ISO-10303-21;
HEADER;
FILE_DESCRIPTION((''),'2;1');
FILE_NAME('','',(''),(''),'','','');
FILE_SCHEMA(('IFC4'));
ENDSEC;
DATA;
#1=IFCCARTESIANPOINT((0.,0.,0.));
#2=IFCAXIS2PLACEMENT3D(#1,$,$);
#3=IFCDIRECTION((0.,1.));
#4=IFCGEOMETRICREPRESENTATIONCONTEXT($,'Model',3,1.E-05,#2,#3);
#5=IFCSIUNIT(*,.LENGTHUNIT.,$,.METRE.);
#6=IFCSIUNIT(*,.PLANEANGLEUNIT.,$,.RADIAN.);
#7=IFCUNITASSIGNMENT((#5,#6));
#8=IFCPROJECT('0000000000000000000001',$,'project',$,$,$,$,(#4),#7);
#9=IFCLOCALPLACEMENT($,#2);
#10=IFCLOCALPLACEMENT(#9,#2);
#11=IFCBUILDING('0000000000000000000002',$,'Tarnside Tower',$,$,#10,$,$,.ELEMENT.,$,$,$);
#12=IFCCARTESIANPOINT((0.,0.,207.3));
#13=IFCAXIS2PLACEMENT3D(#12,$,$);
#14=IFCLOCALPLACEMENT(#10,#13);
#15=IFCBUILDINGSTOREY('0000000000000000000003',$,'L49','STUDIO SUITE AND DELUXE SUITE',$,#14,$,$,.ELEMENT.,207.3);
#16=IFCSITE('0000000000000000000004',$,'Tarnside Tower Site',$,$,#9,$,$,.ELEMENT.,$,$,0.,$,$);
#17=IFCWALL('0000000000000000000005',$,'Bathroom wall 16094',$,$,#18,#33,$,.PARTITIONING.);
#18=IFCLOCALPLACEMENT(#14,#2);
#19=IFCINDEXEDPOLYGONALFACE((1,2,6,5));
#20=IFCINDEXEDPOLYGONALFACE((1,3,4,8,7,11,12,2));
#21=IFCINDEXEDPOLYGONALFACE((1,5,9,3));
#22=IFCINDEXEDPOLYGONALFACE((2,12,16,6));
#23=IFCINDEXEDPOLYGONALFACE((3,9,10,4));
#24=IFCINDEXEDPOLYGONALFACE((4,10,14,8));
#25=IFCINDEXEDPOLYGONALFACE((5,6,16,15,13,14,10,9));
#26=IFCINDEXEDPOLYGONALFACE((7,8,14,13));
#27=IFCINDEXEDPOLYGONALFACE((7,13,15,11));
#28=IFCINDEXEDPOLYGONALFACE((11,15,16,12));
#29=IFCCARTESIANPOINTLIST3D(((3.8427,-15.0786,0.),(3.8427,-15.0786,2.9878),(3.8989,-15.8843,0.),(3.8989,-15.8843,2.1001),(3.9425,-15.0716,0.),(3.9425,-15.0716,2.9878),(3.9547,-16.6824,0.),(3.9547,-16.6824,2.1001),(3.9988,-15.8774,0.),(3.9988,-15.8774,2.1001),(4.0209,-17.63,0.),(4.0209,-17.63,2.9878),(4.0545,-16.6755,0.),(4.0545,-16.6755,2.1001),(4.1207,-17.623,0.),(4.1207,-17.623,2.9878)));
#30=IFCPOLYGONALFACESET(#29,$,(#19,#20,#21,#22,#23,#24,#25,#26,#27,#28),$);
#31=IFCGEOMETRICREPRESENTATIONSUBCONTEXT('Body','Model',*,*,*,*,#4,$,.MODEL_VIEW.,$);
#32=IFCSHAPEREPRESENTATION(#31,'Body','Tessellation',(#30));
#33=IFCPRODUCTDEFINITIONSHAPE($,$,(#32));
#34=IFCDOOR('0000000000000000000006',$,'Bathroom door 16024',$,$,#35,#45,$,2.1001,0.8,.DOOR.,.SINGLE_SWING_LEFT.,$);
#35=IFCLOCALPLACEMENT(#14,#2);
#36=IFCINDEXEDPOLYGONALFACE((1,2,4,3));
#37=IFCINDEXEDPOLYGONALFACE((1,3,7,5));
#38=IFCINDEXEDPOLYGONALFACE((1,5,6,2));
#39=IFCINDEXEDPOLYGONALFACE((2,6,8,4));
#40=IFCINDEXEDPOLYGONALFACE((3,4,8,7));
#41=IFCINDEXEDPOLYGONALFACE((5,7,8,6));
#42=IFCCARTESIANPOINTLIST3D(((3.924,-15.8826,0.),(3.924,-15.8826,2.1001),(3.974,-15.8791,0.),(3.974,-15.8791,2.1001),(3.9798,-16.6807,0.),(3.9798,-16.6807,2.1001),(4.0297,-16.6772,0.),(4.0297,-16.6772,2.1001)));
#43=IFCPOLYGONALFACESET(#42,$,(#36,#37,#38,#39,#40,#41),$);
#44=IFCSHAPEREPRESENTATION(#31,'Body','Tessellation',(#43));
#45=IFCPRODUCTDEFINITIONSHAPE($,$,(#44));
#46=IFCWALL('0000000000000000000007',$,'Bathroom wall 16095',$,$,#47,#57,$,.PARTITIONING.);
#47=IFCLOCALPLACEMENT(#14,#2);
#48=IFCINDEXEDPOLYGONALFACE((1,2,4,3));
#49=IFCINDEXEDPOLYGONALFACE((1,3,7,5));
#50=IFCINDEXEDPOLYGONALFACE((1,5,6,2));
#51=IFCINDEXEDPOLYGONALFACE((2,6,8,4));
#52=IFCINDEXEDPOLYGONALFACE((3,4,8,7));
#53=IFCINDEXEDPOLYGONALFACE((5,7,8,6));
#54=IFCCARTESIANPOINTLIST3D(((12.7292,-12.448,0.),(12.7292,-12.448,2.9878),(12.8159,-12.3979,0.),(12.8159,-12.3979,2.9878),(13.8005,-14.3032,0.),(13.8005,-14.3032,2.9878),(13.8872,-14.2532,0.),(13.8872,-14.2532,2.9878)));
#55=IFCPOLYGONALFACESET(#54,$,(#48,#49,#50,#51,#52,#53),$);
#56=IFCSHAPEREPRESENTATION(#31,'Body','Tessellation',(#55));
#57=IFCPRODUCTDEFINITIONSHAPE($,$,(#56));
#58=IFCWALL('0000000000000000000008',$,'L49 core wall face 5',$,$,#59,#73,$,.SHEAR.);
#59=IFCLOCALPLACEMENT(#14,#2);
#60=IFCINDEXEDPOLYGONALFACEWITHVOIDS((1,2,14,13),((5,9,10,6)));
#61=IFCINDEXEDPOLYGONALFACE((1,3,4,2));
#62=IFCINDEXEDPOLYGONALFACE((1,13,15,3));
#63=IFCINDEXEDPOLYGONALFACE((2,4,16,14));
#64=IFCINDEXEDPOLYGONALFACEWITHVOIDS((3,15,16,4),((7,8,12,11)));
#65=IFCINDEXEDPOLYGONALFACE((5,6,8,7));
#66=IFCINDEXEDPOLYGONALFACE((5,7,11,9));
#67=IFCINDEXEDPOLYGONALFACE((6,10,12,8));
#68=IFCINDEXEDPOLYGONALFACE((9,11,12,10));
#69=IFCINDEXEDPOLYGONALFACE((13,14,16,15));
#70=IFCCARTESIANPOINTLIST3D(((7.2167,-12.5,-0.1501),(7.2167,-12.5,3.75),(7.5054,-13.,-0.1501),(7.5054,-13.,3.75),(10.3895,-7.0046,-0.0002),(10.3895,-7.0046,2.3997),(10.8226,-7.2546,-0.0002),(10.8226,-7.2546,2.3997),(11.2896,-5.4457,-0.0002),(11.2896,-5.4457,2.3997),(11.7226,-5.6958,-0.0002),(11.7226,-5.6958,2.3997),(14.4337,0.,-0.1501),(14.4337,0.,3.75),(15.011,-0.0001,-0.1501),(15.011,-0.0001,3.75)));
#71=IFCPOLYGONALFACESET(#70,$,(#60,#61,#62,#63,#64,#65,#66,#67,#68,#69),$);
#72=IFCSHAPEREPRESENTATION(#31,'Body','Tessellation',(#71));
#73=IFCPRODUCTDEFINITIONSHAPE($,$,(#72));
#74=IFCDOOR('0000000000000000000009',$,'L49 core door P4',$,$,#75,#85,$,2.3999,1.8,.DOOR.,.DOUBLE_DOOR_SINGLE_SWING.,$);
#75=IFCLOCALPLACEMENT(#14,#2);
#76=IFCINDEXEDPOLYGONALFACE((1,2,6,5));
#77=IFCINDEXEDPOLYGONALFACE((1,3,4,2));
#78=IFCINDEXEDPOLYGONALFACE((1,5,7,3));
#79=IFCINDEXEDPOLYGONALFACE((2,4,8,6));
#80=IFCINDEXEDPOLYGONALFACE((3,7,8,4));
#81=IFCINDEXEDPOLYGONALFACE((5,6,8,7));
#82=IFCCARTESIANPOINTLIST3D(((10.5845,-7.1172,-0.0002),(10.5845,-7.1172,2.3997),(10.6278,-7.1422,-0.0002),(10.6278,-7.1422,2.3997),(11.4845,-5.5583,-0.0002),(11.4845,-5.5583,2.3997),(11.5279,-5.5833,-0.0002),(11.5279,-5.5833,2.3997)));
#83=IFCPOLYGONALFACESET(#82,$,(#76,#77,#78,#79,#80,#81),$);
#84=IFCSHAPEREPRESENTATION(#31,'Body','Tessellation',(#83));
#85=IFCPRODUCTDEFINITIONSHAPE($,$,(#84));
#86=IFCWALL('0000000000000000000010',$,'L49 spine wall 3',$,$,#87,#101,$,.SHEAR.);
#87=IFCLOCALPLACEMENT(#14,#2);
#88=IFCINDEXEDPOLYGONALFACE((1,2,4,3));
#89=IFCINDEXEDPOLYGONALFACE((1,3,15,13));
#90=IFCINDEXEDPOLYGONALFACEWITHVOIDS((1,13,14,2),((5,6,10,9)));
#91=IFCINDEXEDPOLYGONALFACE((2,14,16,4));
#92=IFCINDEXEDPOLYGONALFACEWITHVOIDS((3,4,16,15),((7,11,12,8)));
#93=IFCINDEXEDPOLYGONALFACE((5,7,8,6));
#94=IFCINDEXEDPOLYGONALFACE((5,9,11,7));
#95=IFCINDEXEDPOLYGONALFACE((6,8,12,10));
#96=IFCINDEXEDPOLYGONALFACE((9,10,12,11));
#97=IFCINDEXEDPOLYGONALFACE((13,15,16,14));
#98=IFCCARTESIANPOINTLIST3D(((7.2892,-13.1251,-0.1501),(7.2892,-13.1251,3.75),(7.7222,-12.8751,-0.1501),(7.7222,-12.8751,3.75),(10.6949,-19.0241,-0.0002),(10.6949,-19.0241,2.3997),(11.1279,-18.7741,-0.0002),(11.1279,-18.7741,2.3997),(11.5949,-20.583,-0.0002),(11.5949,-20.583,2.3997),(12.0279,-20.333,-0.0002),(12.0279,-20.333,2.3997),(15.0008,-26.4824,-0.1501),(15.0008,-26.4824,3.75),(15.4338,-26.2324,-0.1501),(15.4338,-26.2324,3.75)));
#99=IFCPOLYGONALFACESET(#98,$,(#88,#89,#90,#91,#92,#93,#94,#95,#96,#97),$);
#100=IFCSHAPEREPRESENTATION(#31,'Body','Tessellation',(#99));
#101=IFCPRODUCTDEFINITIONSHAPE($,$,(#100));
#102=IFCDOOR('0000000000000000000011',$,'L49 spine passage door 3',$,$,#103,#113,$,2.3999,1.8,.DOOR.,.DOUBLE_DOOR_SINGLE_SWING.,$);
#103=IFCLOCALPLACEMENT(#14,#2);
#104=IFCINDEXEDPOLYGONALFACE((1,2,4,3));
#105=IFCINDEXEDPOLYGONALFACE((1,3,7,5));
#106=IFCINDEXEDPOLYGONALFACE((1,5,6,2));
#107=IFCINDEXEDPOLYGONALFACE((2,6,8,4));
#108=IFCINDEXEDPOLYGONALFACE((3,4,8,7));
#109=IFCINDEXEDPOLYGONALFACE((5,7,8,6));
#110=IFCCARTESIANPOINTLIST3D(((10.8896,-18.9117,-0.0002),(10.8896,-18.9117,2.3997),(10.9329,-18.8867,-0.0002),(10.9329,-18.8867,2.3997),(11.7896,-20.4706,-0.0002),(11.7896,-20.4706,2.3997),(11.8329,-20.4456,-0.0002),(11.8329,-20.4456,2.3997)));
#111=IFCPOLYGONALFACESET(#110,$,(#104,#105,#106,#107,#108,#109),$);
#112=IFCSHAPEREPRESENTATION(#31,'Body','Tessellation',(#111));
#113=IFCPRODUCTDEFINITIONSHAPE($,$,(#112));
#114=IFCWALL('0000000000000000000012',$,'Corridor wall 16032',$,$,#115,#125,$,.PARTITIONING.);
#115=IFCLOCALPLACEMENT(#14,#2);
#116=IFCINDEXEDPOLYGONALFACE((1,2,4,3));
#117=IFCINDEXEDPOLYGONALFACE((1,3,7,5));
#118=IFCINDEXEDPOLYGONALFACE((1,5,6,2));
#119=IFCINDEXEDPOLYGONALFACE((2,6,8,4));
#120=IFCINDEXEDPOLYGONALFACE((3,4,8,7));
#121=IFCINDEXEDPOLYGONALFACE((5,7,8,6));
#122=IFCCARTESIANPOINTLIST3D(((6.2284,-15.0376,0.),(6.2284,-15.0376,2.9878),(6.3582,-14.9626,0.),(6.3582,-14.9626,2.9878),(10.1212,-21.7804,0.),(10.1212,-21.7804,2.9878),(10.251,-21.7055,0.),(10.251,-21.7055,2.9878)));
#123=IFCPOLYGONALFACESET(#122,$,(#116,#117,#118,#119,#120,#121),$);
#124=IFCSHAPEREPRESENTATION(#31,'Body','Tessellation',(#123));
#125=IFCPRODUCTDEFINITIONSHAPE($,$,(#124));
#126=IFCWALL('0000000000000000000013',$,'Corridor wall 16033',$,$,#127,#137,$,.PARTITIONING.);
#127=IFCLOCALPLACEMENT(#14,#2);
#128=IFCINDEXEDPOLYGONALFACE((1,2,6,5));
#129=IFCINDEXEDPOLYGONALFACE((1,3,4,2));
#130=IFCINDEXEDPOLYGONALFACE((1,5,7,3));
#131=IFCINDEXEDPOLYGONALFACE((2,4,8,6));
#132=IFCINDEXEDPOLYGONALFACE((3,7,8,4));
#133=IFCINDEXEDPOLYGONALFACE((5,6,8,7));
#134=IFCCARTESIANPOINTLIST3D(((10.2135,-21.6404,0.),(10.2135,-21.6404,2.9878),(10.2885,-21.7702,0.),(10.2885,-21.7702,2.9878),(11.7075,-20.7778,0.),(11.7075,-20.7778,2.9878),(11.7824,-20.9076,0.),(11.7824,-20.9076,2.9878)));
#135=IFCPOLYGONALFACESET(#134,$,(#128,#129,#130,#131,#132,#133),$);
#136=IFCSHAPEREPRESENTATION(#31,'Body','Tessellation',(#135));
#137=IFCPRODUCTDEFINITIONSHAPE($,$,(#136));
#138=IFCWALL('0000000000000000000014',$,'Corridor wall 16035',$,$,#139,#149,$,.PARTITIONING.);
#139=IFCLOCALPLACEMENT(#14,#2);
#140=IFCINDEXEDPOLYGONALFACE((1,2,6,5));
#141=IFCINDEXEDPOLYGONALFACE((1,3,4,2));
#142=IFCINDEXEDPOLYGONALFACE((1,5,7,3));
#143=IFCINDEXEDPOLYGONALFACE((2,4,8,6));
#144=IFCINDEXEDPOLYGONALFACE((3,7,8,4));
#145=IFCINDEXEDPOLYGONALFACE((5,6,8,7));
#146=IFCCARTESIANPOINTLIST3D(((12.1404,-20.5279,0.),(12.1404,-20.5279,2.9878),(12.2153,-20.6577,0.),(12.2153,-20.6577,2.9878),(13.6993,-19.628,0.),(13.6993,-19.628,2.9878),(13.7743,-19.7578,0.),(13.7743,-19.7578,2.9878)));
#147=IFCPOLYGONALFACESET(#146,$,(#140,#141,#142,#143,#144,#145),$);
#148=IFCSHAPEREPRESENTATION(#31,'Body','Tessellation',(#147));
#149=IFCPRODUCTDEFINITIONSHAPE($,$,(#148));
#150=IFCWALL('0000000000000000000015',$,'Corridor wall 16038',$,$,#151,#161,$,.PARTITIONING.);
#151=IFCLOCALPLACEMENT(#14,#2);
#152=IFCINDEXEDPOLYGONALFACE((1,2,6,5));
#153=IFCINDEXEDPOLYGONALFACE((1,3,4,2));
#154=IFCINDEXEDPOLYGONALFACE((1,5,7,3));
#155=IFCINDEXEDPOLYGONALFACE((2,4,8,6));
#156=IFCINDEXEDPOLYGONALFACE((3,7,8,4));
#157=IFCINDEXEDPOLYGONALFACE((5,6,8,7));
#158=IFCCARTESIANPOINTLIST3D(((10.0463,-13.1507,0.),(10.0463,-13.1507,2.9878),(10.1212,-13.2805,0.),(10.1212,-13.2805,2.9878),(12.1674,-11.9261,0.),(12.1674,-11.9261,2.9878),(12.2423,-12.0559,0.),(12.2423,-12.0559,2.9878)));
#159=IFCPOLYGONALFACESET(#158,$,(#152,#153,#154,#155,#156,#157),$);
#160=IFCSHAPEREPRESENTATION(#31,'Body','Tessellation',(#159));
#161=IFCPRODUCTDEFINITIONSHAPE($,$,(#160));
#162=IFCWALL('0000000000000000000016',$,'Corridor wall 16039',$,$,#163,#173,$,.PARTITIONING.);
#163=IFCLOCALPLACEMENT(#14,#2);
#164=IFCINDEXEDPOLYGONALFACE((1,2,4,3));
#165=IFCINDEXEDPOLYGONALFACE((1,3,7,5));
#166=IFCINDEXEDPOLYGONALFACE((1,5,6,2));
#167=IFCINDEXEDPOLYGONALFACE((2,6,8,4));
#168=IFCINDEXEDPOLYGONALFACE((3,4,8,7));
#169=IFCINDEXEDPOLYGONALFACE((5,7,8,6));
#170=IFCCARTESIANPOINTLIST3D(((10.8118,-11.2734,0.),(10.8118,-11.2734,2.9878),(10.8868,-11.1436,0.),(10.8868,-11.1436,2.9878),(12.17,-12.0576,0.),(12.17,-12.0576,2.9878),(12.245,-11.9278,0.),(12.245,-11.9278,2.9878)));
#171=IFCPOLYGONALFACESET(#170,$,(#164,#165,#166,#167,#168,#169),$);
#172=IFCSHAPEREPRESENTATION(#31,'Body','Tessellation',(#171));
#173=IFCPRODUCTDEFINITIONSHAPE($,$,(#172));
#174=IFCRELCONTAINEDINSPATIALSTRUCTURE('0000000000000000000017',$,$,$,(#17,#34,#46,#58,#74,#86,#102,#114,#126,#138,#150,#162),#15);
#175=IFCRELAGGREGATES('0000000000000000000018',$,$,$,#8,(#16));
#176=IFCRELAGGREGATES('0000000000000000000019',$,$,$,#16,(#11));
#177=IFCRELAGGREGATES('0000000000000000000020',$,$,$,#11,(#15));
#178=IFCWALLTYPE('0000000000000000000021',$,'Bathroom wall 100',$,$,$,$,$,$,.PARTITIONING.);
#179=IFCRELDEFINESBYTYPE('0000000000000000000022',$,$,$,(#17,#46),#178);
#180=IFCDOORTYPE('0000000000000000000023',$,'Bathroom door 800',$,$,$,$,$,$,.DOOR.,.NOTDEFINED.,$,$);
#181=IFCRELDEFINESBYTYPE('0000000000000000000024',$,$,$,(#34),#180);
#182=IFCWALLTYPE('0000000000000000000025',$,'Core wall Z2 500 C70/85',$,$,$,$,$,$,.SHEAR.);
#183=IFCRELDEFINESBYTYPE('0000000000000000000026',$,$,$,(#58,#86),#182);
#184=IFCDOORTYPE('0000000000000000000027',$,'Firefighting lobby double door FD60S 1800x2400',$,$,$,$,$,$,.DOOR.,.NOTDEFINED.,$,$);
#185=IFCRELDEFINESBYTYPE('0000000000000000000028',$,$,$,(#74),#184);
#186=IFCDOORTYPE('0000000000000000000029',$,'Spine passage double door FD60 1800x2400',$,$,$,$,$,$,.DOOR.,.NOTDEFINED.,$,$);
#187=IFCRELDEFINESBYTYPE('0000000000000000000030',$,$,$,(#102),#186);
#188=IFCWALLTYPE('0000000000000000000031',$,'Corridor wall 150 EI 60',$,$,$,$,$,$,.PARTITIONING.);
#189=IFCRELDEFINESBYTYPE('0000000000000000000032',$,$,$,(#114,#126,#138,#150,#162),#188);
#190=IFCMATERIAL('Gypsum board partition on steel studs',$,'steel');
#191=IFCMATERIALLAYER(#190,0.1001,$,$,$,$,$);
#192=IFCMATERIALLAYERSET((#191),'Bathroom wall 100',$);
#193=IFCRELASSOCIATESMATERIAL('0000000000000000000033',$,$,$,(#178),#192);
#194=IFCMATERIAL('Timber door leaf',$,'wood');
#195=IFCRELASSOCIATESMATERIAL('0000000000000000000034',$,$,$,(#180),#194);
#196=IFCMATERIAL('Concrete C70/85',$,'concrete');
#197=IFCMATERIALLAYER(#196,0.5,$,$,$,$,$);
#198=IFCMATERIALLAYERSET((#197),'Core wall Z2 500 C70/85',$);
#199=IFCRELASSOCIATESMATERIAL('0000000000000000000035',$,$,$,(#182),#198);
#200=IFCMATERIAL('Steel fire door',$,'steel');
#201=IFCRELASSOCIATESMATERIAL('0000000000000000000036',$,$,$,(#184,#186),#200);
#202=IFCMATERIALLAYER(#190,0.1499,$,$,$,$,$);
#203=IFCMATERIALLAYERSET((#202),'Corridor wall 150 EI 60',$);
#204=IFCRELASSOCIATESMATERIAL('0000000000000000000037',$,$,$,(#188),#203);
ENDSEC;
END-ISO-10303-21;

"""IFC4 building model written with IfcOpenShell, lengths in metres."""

from ifc_helpers import new_model, si_unit, direction, frame, frame_2d, origin, place, context, subcontext, project, spatial, polyline, rectangle, outline, extrude, material, layer, layer_set, type_object, element, fill, save


model = new_model("IFC4")

# Units and contexts
model_context = context("Model", 3, precision=1e-05, world=origin(), true_north=direction((0.0, 1.0)))
body_context = subcontext(model_context, "Body", "Model", "MODEL_VIEW")
ifc_project = project(units=[si_unit("LENGTHUNIT", "METRE"), si_unit("PLANEANGLEUNIT", "RADIAN")], contexts=[model_context])

# Site, building, storey
site_placement = place(None, origin())
site = spatial("IfcSite", under=ifc_project, at=site_placement, Name="Tarnside Tower Site", CompositionType="ELEMENT", RefElevation=0.0)
building_placement = place(site_placement, origin())
building = spatial("IfcBuilding", under=site, at=building_placement, Name="Tarnside Tower", CompositionType="ELEMENT")
storey_placement = place(building_placement, frame((0.0, 0.0, 207.3)))
storey = spatial("IfcBuildingStorey", under=building, at=storey_placement, Name="L49", Description="STUDIO SUITE AND DELUXE SUITE", CompositionType="ELEMENT", Elevation=207.3)

# Shared definitions
ifc_material_1 = material(Name="Gypsum board partition on steel studs", Category="steel")
ifc_layer_1 = layer(ifc_material_1, 0.1001)
ifc_layer_set_1 = layer_set([ifc_layer_1], Name="Bathroom wall 100")
wall_type_1 = type_object("IfcWallType", Name="Bathroom wall 100", PredefinedType="PARTITIONING", material=ifc_layer_set_1)

# Wall, opening, door
wall_1_placement = place(storey_placement, frame((4.0708, -17.6265, 0.0), z_axis=(0.0, 0.0, 1.0), x_axis=(-0.06968, 0.997569, 0.0)))
wall_1 = element("IfcWall", 1, at=wall_1_placement, inside=storey, type_object=wall_type_1, Name="Bathroom wall 16094", PredefinedType="PARTITIONING", context=body_context, shape_type="SweptSolid", body=[
    extrude(rectangle(XDim=2.5576, YDim=0.1001, at=frame_2d((1.2788, 0.0))), origin(), (0.0, 0.0, 1.0), 2.9878),
])
opening_1_placement = place(wall_1_placement, frame((0.95, 0.0, 0.0)))
opening_1 = element("IfcOpeningElement", 2, at=opening_1_placement, cuts=wall_1, PredefinedType="OPENING", context=body_context, shape_type="SweptSolid", body=[
    extrude(rectangle(XDim=0.8, YDim=2.1001, at=frame_2d((0.3999, 1.05))), frame((0.0, 0.0601, 0.0), z_axis=(0.0, -1.0, 0.0), x_axis=(1.0, 0.0, 0.0)), (0.0, 0.0, 1.0), 0.1201),
])
ifc_material_2 = material(Name="Timber door leaf", Category="wood")
door_type_1 = type_object("IfcDoorType", Name="Bathroom door 800", OperationType="NOTDEFINED", PredefinedType="DOOR", material=ifc_material_2)
door_1_placement = place(opening_1_placement, origin())
door_1 = element("IfcDoor", 3, at=door_1_placement, inside=storey, type_object=door_type_1, Name="Bathroom door 16024", OperationType="SINGLE_SWING_LEFT", OverallHeight=2.1001, OverallWidth=0.8, PredefinedType="DOOR", context=body_context, shape_type="SweptSolid", body=[
    extrude(rectangle(XDim=0.8, YDim=2.1001, at=frame_2d((0.3999, 1.05))), frame((0.0, 0.0249, 0.0), z_axis=(0.0, -1.0, 0.0), x_axis=(1.0, 0.0, 0.0)), (0.0, 0.0, 1.0), 0.05),
])
fill(opening_1, door_1)

# Wall
wall_2_placement = place(storey_placement, frame((12.7725, -12.4229, 0.0), z_axis=(0.0, 0.0, 1.0), x_axis=(0.500061, -0.86599, 0.0)))
element("IfcWall", 4, at=wall_2_placement, inside=storey, type_object=wall_type_1, Name="Bathroom wall 16095", PredefinedType="PARTITIONING", context=body_context, shape_type="SweptSolid", body=[
    extrude(rectangle(XDim=2.1423, YDim=0.1001, at=frame_2d((1.0713, 0.0))), origin(), (0.0, 0.0, 1.0), 2.9878),
])

# Walls, openings, doors
ifc_material_3 = material(Name="Concrete C70/85", Category="concrete")
ifc_layer_2 = layer(ifc_material_3, 0.5)
ifc_layer_set_2 = layer_set([ifc_layer_2], Name="Core wall Z2 500 C70/85")
wall_type_2 = type_object("IfcWallType", Name="Core wall Z2 500 C70/85", PredefinedType="SHEAR", material=ifc_layer_set_2)
wall_3_placement = place(storey_placement, frame((7.3611, -12.75, -0.1501), z_axis=(0.0, 0.0, 1.0), x_axis=(0.500006, 0.866022, 0.0)))
wall_3 = element("IfcWall", 5, at=wall_3_placement, inside=storey, type_object=wall_type_2, Name="L49 core wall face 5", PredefinedType="SHEAR", context=body_context, shape_type="SweptSolid", body=[
    extrude(outline(polyline([(-0.1443, -0.25), (14.8667, -0.25), (14.5781, 0.25), (0.1443, 0.25), (-0.1443, -0.25)])), origin(), (0.0, 0.0, 1.0), 3.9001),
])
opening_2_placement = place(wall_3_placement, frame((6.49, 0.0, 0.1499)))
opening_2 = element("IfcOpeningElement", 6, at=opening_2_placement, cuts=wall_3, PredefinedType="OPENING", context=body_context, shape_type="SweptSolid", body=[
    extrude(rectangle(XDim=1.8, YDim=2.3999, at=frame_2d((0.8999, 1.2))), frame((0.0, 0.26, 0.0), z_axis=(0.0, -1.0, 0.0), x_axis=(1.0, 0.0, 0.0)), (0.0, 0.0, 1.0), 0.52),
])
ifc_material_4 = material(Name="Steel fire door", Category="steel")
door_type_2 = type_object("IfcDoorType", Name="Firefighting lobby double door FD60S 1800x2400", OperationType="NOTDEFINED", PredefinedType="DOOR", material=ifc_material_4)
door_2_placement = place(opening_2_placement, origin())
door_2 = element("IfcDoor", 7, at=door_2_placement, inside=storey, type_object=door_type_2, Name="L49 core door P4", OperationType="DOUBLE_DOOR_SINGLE_SWING", OverallHeight=2.3999, OverallWidth=1.8, PredefinedType="DOOR", context=body_context, shape_type="SweptSolid", body=[
    extrude(rectangle(XDim=1.8, YDim=2.3999, at=frame_2d((0.8999, 1.2))), frame((0.0, 0.0249, 0.0), z_axis=(0.0, -1.0, 0.0), x_axis=(1.0, 0.0, 0.0)), (0.0, 0.0, 1.0), 0.05),
])
fill(opening_2, door_2)
wall_4_placement = place(storey_placement, frame((7.5056, -13.0, -0.1501), z_axis=(0.0, 0.0, 1.0), x_axis=(0.499988, -0.866032, 0.0)))
wall_4 = element("IfcWall", 8, at=wall_4_placement, inside=storey, type_object=wall_type_2, Name="L49 spine wall 3", PredefinedType="SHEAR", context=body_context, shape_type="SweptSolid", body=[
    extrude(rectangle(XDim=15.4236, YDim=0.5, at=frame_2d((7.7119, 0.0))), origin(), (0.0, 0.0, 1.0), 3.9001),
])
opening_3_placement = place(wall_4_placement, frame((6.8118, 0.0, 0.1499)))
opening_3 = element("IfcOpeningElement", 9, at=opening_3_placement, cuts=wall_4, PredefinedType="OPENING", context=body_context, shape_type="SweptSolid", body=[
    extrude(rectangle(XDim=1.8, YDim=2.3999, at=frame_2d((0.8999, 1.2))), frame((0.0, 0.26, 0.0), z_axis=(0.0, -1.0, 0.0), x_axis=(1.0, 0.0, 0.0)), (0.0, 0.0, 1.0), 0.52),
])
door_type_3 = type_object("IfcDoorType", Name="Spine passage double door FD60 1800x2400", OperationType="NOTDEFINED", PredefinedType="DOOR", material=ifc_material_4)
door_3_placement = place(opening_3_placement, origin())
door_3 = element("IfcDoor", 10, at=door_3_placement, inside=storey, type_object=door_type_3, Name="L49 spine passage door 3", OperationType="DOUBLE_DOOR_SINGLE_SWING", OverallHeight=2.3999, OverallWidth=1.8, PredefinedType="DOOR", context=body_context, shape_type="SweptSolid", body=[
    extrude(rectangle(XDim=1.8, YDim=2.3999, at=frame_2d((0.8999, 1.2))), frame((0.0, 0.0249, 0.0), z_axis=(0.0, -1.0, 0.0), x_axis=(1.0, 0.0, 0.0)), (0.0, 0.0, 1.0), 0.05),
])
fill(opening_3, door_3)

# Walls
ifc_layer_3 = layer(ifc_material_1, 0.1499)
ifc_layer_set_3 = layer_set([ifc_layer_3], Name="Corridor wall 150 EI 60")
wall_type_3 = type_object("IfcWallType", Name="Corridor wall 150 EI 60", PredefinedType="PARTITIONING", material=ifc_layer_set_3)
wall_5_placement = place(storey_placement, frame((6.2932, -15.0, 0.0), z_axis=(0.0, 0.0, 1.0), x_axis=(0.49998, -0.866037, 0.0)))
element("IfcWall", 11, at=wall_5_placement, inside=storey, type_object=wall_type_3, Name="Corridor wall 16032", PredefinedType="PARTITIONING", context=body_context, shape_type="SweptSolid", body=[
    extrude(rectangle(XDim=7.7859, YDim=0.1499, at=frame_2d((3.8931, 0.0))), origin(), (0.0, 0.0, 1.0), 2.9878),
])
wall_6_placement = place(storey_placement, frame((10.251, -21.7053, 0.0), z_axis=(0.0, 0.0, 1.0), x_axis=(0.866014, 0.500021, 0.0)))
element("IfcWall", 12, at=wall_6_placement, inside=storey, type_object=wall_type_3, Name="Corridor wall 16033", PredefinedType="PARTITIONING", context=body_context, shape_type="SweptSolid", body=[
    extrude(rectangle(XDim=1.7251, YDim=0.1499, at=frame_2d((0.8625, 0.0))), origin(), (0.0, 0.0, 1.0), 2.9878),
])
wall_7_placement = place(storey_placement, frame((12.178, -20.5928, 0.0), z_axis=(0.0, 0.0, 1.0), x_axis=(0.866048, 0.499961, 0.0)))
element("IfcWall", 13, at=wall_7_placement, inside=storey, type_object=wall_type_3, Name="Corridor wall 16035", PredefinedType="PARTITIONING", context=body_context, shape_type="SweptSolid", body=[
    extrude(rectangle(XDim=1.8, YDim=0.1499, at=frame_2d((0.8999, 0.0))), origin(), (0.0, 0.0, 1.0), 2.9878),
])
wall_8_placement = place(storey_placement, frame((10.0837, -13.2156, 0.0), z_axis=(0.0, 0.0, 1.0), x_axis=(0.866026, 0.499999, 0.0)))
element("IfcWall", 14, at=wall_8_placement, inside=storey, type_object=wall_type_3, Name="Corridor wall 16038", PredefinedType="PARTITIONING", context=body_context, shape_type="SweptSolid", body=[
    extrude(rectangle(XDim=2.4492, YDim=0.1499, at=frame_2d((1.2246, 0.0))), origin(), (0.0, 0.0, 1.0), 2.9878),
])
wall_9_placement = place(storey_placement, frame((12.2075, -11.9927, 0.0), z_axis=(0.0, 0.0, 1.0), x_axis=(-0.866012, 0.500023, 0.0)))
element("IfcWall", 15, at=wall_9_placement, inside=storey, type_object=wall_type_3, Name="Corridor wall 16039", PredefinedType="PARTITIONING", context=body_context, shape_type="SweptSolid", body=[
    extrude(rectangle(XDim=1.5684, YDim=0.1499, at=frame_2d((0.7842, 0.0))), origin(), (0.0, 0.0, 1.0), 2.9878),
])

save(model, "model.ifc")
